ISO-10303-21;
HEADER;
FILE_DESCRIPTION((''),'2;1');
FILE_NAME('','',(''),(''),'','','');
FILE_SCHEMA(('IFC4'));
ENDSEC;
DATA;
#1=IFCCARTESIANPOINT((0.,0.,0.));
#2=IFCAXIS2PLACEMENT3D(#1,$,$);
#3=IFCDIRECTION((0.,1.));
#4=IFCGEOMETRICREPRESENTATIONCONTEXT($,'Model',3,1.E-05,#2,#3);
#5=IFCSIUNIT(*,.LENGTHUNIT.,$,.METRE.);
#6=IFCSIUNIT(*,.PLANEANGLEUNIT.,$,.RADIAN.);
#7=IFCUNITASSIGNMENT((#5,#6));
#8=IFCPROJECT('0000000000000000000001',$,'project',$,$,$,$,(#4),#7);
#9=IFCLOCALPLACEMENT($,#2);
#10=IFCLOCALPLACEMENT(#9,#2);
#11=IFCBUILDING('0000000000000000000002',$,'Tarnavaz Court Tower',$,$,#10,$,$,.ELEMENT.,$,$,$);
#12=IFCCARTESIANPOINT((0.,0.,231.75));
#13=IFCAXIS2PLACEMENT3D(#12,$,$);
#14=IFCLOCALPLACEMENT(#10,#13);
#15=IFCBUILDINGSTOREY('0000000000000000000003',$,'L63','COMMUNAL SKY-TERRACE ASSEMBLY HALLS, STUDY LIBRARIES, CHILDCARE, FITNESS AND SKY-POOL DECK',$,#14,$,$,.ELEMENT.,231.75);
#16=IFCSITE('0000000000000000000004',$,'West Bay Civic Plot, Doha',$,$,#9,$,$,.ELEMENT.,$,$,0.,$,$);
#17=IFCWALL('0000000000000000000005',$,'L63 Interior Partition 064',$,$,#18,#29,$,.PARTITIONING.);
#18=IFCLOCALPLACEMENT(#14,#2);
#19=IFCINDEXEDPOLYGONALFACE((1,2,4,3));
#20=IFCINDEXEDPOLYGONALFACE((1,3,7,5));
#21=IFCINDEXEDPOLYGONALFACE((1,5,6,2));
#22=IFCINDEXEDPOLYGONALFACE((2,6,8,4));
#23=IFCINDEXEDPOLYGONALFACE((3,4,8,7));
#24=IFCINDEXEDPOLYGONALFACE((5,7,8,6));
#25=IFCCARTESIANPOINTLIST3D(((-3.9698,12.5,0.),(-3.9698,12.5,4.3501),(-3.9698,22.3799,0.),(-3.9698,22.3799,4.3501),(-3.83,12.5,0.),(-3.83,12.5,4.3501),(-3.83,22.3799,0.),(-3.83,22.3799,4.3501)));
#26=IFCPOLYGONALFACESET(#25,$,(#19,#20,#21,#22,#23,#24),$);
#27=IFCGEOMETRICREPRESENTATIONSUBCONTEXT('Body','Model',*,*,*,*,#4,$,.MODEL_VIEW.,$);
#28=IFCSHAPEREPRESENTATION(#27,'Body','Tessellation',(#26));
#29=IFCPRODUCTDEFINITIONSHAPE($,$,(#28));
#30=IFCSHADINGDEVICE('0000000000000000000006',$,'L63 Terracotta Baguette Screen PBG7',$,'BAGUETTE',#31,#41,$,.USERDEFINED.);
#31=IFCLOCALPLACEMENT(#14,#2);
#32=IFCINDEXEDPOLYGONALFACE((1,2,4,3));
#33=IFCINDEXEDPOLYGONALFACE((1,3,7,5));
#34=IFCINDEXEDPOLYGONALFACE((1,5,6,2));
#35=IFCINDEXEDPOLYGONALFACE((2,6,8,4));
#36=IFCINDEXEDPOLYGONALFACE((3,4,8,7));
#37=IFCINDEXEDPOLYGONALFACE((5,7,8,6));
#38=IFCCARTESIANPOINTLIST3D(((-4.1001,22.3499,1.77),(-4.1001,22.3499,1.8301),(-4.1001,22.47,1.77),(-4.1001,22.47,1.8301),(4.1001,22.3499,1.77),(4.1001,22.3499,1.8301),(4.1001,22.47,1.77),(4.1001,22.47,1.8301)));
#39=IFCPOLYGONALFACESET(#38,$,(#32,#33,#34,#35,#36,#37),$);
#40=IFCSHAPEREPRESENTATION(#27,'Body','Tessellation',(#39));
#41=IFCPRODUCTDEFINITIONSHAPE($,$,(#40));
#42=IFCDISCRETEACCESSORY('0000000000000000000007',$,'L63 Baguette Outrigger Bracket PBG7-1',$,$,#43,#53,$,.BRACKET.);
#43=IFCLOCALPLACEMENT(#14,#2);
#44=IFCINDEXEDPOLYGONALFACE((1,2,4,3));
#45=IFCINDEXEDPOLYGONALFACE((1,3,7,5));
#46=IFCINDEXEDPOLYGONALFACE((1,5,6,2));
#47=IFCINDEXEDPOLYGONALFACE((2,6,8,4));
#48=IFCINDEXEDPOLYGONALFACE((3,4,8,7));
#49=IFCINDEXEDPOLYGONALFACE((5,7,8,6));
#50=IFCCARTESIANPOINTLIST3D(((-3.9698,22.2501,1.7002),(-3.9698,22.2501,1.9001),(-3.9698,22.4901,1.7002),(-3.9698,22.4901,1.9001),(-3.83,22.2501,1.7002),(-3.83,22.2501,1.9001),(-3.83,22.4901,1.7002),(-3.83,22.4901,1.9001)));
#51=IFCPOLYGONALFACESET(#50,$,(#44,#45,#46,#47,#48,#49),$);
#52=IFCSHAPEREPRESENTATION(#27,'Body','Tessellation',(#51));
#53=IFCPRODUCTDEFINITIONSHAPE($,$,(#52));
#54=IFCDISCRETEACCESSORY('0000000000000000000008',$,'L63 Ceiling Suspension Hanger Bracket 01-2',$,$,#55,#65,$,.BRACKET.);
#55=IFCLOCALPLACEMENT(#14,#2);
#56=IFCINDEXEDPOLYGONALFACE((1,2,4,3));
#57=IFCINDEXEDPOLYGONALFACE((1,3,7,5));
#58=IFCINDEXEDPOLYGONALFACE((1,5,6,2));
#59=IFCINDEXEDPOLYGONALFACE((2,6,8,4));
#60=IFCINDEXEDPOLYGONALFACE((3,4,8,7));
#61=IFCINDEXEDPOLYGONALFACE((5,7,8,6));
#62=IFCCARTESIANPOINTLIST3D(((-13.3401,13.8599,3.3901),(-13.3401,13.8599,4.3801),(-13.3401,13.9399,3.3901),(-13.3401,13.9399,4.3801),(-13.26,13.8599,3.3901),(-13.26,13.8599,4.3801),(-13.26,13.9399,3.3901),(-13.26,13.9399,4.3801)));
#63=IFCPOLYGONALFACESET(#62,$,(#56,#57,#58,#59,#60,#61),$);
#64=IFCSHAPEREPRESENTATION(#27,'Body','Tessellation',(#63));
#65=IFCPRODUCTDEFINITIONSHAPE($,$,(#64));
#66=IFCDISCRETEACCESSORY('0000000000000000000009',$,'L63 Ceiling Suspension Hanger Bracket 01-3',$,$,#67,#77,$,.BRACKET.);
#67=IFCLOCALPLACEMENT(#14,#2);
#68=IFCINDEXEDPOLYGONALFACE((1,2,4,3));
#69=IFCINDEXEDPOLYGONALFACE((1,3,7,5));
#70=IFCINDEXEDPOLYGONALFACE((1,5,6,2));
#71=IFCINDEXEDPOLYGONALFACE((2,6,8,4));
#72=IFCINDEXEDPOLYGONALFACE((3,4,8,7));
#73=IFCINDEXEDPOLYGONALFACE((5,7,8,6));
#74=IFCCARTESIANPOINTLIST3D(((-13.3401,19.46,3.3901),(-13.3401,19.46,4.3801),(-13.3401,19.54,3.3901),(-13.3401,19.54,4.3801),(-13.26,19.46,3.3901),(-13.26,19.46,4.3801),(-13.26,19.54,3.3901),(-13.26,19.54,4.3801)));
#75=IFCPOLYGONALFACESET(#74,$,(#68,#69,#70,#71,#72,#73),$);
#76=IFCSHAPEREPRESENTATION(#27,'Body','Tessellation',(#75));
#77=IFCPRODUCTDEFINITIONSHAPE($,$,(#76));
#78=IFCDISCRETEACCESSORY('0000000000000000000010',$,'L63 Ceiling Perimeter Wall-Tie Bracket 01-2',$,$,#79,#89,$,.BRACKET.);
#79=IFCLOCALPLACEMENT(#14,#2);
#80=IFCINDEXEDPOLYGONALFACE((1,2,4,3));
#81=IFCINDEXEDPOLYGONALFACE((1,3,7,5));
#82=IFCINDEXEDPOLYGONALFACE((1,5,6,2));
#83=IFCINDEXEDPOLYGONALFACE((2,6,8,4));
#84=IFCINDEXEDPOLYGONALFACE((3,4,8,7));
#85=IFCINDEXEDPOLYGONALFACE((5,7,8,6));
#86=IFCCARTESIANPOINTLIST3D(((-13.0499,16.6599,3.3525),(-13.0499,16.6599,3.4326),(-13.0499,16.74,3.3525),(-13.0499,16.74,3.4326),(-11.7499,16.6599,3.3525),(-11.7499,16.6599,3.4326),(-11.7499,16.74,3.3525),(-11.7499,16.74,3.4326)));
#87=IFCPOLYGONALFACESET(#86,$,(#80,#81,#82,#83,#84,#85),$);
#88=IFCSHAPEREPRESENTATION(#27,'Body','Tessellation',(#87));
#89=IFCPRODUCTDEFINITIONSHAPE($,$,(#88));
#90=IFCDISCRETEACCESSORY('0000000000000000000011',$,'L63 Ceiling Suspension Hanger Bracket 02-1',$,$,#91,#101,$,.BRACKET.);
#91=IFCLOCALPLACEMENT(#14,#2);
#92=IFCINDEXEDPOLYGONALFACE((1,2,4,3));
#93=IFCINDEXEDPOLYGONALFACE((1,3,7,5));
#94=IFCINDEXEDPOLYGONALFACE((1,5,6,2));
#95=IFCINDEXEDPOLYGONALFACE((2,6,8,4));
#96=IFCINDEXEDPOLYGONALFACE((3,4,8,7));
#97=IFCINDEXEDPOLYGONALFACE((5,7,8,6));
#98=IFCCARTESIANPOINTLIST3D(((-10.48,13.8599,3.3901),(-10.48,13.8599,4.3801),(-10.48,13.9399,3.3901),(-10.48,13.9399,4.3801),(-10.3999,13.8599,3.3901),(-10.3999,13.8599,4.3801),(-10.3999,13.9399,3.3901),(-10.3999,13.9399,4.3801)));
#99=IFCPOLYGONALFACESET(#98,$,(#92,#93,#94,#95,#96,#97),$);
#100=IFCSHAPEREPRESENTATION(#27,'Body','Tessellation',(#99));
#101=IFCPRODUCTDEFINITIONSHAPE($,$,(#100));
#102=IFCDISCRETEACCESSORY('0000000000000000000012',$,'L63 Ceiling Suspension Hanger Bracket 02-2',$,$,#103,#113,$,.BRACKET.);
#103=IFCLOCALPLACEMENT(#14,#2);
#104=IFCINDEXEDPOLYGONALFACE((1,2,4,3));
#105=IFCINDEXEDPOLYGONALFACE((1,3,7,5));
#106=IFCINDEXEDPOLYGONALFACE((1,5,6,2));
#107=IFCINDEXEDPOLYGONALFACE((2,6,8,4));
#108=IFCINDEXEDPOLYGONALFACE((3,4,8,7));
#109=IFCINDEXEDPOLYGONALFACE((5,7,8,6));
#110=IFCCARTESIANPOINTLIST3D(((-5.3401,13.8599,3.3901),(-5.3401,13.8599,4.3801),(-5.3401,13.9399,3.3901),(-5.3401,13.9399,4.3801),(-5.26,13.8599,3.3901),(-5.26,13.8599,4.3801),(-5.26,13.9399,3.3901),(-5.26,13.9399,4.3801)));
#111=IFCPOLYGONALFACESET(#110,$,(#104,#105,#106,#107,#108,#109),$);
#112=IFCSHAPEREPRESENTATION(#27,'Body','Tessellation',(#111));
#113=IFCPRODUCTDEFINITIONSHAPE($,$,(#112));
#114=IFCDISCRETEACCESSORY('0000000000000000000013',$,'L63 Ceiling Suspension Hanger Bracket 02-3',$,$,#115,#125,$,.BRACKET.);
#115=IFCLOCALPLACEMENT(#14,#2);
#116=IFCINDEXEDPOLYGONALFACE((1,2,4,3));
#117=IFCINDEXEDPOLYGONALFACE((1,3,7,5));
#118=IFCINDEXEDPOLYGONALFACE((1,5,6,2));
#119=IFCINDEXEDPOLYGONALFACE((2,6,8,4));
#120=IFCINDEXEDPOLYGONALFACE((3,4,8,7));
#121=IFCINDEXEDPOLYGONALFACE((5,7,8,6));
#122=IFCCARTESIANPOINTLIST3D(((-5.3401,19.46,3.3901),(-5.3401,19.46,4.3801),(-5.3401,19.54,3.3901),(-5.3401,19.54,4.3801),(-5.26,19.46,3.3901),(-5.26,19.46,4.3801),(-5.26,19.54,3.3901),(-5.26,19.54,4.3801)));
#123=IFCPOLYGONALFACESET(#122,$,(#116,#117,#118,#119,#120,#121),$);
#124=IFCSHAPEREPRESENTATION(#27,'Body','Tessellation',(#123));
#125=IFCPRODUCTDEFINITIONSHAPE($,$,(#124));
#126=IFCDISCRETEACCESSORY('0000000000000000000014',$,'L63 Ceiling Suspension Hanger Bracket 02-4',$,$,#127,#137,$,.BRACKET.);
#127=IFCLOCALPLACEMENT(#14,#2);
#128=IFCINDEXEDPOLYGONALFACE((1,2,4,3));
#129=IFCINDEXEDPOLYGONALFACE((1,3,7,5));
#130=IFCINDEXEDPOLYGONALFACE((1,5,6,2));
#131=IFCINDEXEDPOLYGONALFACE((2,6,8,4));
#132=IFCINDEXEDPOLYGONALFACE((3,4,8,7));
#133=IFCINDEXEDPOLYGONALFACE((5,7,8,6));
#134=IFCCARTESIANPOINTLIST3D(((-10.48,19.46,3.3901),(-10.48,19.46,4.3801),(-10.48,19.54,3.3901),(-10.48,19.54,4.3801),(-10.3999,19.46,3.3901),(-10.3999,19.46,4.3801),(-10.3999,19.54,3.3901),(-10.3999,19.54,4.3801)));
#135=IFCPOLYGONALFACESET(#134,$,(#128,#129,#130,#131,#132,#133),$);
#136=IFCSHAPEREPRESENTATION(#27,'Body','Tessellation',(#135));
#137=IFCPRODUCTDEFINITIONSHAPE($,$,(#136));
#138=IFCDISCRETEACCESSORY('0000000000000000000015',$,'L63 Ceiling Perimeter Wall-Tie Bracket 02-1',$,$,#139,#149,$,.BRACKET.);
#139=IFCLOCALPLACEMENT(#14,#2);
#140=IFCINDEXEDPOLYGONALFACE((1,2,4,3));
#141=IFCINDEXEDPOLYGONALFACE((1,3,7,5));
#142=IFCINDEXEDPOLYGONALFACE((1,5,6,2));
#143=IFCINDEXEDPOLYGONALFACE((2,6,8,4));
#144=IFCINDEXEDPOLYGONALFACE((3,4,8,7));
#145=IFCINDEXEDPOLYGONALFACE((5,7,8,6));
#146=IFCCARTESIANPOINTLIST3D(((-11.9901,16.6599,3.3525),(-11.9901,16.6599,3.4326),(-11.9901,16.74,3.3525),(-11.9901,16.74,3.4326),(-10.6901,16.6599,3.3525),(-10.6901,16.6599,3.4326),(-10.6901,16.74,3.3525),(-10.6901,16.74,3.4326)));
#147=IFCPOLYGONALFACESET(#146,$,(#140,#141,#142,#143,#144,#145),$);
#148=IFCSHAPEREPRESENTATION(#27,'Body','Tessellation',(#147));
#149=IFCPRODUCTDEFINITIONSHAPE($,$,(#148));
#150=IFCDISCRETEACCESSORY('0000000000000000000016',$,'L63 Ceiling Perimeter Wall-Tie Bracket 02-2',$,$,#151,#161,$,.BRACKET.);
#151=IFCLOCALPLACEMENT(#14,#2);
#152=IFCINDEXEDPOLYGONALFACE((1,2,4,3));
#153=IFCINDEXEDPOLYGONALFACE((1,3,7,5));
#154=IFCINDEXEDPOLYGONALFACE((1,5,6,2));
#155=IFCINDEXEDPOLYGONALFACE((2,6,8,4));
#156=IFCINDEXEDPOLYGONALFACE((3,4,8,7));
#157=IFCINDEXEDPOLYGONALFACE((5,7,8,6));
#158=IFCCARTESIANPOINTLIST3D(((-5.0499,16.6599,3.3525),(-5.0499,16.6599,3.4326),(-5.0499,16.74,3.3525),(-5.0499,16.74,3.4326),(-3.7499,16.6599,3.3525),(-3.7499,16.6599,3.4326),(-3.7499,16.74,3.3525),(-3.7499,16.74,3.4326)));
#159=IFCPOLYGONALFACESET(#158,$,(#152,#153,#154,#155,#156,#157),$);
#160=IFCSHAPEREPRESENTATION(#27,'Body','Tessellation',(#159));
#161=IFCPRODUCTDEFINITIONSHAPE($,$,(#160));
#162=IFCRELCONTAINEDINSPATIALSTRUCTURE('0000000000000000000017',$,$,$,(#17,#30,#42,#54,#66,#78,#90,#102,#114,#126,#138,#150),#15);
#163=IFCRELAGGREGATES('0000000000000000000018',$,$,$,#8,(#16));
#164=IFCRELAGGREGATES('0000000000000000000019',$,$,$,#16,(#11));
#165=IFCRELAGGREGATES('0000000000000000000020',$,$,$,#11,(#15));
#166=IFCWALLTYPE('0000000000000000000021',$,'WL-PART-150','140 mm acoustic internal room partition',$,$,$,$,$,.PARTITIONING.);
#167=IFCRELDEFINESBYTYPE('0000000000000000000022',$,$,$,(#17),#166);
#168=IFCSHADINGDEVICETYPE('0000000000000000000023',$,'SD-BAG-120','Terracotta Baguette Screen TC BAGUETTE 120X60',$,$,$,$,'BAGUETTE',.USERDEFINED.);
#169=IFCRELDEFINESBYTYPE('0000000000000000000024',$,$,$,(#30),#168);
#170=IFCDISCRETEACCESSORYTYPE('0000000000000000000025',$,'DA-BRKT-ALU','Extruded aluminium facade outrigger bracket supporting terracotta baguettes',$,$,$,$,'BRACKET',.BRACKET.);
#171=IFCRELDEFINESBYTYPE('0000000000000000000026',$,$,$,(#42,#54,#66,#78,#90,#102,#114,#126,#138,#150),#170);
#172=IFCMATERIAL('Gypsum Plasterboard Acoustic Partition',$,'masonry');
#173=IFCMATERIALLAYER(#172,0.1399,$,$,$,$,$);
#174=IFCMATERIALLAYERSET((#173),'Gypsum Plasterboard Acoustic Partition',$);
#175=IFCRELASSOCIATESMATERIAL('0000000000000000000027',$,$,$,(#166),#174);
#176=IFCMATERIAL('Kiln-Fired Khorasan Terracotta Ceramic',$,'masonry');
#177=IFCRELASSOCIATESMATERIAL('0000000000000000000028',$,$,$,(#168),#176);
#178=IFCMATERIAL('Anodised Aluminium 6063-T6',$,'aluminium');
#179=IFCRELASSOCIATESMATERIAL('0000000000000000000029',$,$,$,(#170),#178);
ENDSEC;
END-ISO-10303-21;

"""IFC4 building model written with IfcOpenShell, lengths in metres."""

from ifc_helpers import new_model, si_unit, direction, frame, frame_2d, origin, origin_2d, place, context, subcontext, project, spatial, rectangle, extrude, material, layer, layer_set, material_profile, profile_set, type_object, element, save


model = new_model("IFC4")

# Units and contexts
model_context = context("Model", 3, precision=1e-05, world=origin(), true_north=direction((0.0, 1.0)))
body_context = subcontext(model_context, "Body", "Model", "MODEL_VIEW")
ifc_project = project(units=[si_unit("LENGTHUNIT", "METRE"), si_unit("PLANEANGLEUNIT", "RADIAN")], contexts=[model_context])

# Site, building, storey
site_placement = place(None, origin())
site = spatial("IfcSite", under=ifc_project, at=site_placement, Name="West Bay Civic Plot, Doha", CompositionType="ELEMENT", RefElevation=0.0)
building_placement = place(site_placement, origin())
building = spatial("IfcBuilding", under=site, at=building_placement, Name="Tarnavaz Court Tower", CompositionType="ELEMENT")
storey_placement = place(building_placement, frame((0.0, 0.0, 231.75)))
storey = spatial("IfcBuildingStorey", under=building, at=storey_placement, Name="L63", Description="COMMUNAL SKY-TERRACE ASSEMBLY HALLS, STUDY LIBRARIES, CHILDCARE, FITNESS AND SKY-POOL DECK", CompositionType="ELEMENT", Elevation=231.75)

# Shared definitions
ifc_material_1 = material(Name="Anodised Aluminium 6063-T6", Category="aluminium")

# Wall
ifc_material_2 = material(Name="Gypsum Plasterboard Acoustic Partition", Category="masonry")
ifc_layer_1 = layer(ifc_material_2, 0.1399)
ifc_layer_set_1 = layer_set([ifc_layer_1], Name="Gypsum Plasterboard Acoustic Partition")
wall_type_1 = type_object("IfcWallType", Name="WL-PART-150", Description="140 mm acoustic internal room partition", PredefinedType="PARTITIONING", material=ifc_layer_set_1)
wall_1_placement = place(storey_placement, frame((-3.8999, 12.5, 0.0), z_axis=(0.0, 0.0, 1.0), x_axis=(0.0, 1.0, 0.0)))
element("IfcWall", 1, at=wall_1_placement, inside=storey, type_object=wall_type_1, Name="L63 Interior Partition 064", PredefinedType="PARTITIONING", context=body_context, shape_type="SweptSolid", body=[
    extrude(rectangle(XDim=9.8799, YDim=0.1399, at=frame_2d((4.9399, 0.0))), origin(), (0.0, 0.0, 1.0), 4.3501),
])

# Shading device
ifc_material_3 = material(Name="Kiln-Fired Khorasan Terracotta Ceramic", Category="masonry")
ifc_material_profile_1 = material_profile(ifc_material_3, rectangle(XDim=0.1201, YDim=0.0601, at=origin_2d()), Name="TC BAGUETTE 120X60")
ifc_profile_set_1 = profile_set([ifc_material_profile_1], Name="Kiln-Fired Khorasan Terracotta Ceramic")
shading_device_type = type_object("IfcShadingDeviceType", Name="SD-BAG-120", Description="Terracotta Baguette Screen TC BAGUETTE 120X60", ElementType="BAGUETTE", PredefinedType="USERDEFINED", material=ifc_profile_set_1)
shading_device_placement = place(storey_placement, frame((-4.1001, 22.4099, 1.8), z_axis=(1.0, 0.0, 0.0), x_axis=(0.0, 1.0, 0.0)))
element("IfcShadingDevice", 2, at=shading_device_placement, inside=storey, type_object=shading_device_type, Name="L63 Terracotta Baguette Screen PBG7", ObjectType="BAGUETTE", PredefinedType="USERDEFINED", context=body_context, shape_type="SweptSolid", body=[
    extrude(rectangle(XDim=0.1201, YDim=0.0601, at=origin_2d()), origin(), (0.0, 0.0, 1.0), 8.2002),
])

# Discrete accessories
discrete_accessory_type = type_object("IfcDiscreteAccessoryType", Name="DA-BRKT-ALU", Description="Extruded aluminium facade outrigger bracket supporting terracotta baguettes", ElementType="BRACKET", PredefinedType="BRACKET", material=ifc_material_1)
discrete_accessory_1_placement = place(storey_placement, frame((-3.8999, 22.3701, 1.7002), z_axis=(0.0, 0.0, 1.0), x_axis=(1.0, 0.0, 0.0)))
element("IfcDiscreteAccessory", 3, at=discrete_accessory_1_placement, inside=storey, type_object=discrete_accessory_type, Name="L63 Baguette Outrigger Bracket PBG7-1", PredefinedType="BRACKET", context=body_context, shape_type="SweptSolid", body=[
    extrude(rectangle(XDim=0.1399, YDim=0.24, at=origin_2d()), origin(), (0.0, 0.0, 1.0), 0.2),
])
for number, where, z_axis, x_axis, name in (
    (4, (-13.3, 13.8999, 3.3901), (0.0, 0.0, 1.0), (1.0, 0.0, 0.0), "L63 Ceiling Suspension Hanger Bracket 01-2"),
    (5, (-13.3, 19.5, 3.3901), (0.0, 0.0, 1.0), (1.0, 0.0, 0.0), "L63 Ceiling Suspension Hanger Bracket 01-3"),
):
    element("IfcDiscreteAccessory", number, at=place(storey_placement, frame(where, z_axis=z_axis, x_axis=x_axis)), inside=storey, type_object=discrete_accessory_type, Name=name, PredefinedType="BRACKET", context=body_context, shape_type="SweptSolid", body=[
        extrude(rectangle(XDim=0.0801, YDim=0.0801, at=origin_2d()), origin(), (0.0, 0.0, 1.0), 0.99),
    ])
discrete_accessory_2_placement = place(storey_placement, frame((-12.3999, 16.7, 3.3525), z_axis=(0.0, 0.0, 1.0), x_axis=(1.0, 0.0, 0.0)))
element("IfcDiscreteAccessory", 6, at=discrete_accessory_2_placement, inside=storey, type_object=discrete_accessory_type, Name="L63 Ceiling Perimeter Wall-Tie Bracket 01-2", PredefinedType="BRACKET", context=body_context, shape_type="SweptSolid", body=[
    extrude(rectangle(XDim=1.3, YDim=0.0801, at=origin_2d()), origin(), (0.0, 0.0, 1.0), 0.0801),
])
for number, where, z_axis, x_axis, name in (
    (7, (-10.4399, 13.8999, 3.3901), (0.0, 0.0, 1.0), (1.0, 0.0, 0.0), "L63 Ceiling Suspension Hanger Bracket 02-1"),
    (8, (-5.3, 13.8999, 3.3901), (0.0, 0.0, 1.0), (1.0, 0.0, 0.0), "L63 Ceiling Suspension Hanger Bracket 02-2"),
    (9, (-5.3, 19.5, 3.3901), (0.0, 0.0, 1.0), (1.0, 0.0, 0.0), "L63 Ceiling Suspension Hanger Bracket 02-3"),
    (10, (-10.4399, 19.5, 3.3901), (0.0, 0.0, 1.0), (1.0, 0.0, 0.0), "L63 Ceiling Suspension Hanger Bracket 02-4"),
):
    element("IfcDiscreteAccessory", number, at=place(storey_placement, frame(where, z_axis=z_axis, x_axis=x_axis)), inside=storey, type_object=discrete_accessory_type, Name=name, PredefinedType="BRACKET", context=body_context, shape_type="SweptSolid", body=[
        extrude(rectangle(XDim=0.0801, YDim=0.0801, at=origin_2d()), origin(), (0.0, 0.0, 1.0), 0.99),
    ])
for number, where, z_axis, x_axis, name in (
    (11, (-11.3401, 16.7, 3.3525), (0.0, 0.0, 1.0), (1.0, 0.0, 0.0), "L63 Ceiling Perimeter Wall-Tie Bracket 02-1"),
    (12, (-4.3999, 16.7, 3.3525), (0.0, 0.0, 1.0), (1.0, 0.0, 0.0), "L63 Ceiling Perimeter Wall-Tie Bracket 02-2"),
):
    element("IfcDiscreteAccessory", number, at=place(storey_placement, frame(where, z_axis=z_axis, x_axis=x_axis)), inside=storey, type_object=discrete_accessory_type, Name=name, PredefinedType="BRACKET", context=body_context, shape_type="SweptSolid", body=[
        extrude(rectangle(XDim=1.3, YDim=0.0801, at=origin_2d()), origin(), (0.0, 0.0, 1.0), 0.0801),
    ])

save(model, "model.ifc")
